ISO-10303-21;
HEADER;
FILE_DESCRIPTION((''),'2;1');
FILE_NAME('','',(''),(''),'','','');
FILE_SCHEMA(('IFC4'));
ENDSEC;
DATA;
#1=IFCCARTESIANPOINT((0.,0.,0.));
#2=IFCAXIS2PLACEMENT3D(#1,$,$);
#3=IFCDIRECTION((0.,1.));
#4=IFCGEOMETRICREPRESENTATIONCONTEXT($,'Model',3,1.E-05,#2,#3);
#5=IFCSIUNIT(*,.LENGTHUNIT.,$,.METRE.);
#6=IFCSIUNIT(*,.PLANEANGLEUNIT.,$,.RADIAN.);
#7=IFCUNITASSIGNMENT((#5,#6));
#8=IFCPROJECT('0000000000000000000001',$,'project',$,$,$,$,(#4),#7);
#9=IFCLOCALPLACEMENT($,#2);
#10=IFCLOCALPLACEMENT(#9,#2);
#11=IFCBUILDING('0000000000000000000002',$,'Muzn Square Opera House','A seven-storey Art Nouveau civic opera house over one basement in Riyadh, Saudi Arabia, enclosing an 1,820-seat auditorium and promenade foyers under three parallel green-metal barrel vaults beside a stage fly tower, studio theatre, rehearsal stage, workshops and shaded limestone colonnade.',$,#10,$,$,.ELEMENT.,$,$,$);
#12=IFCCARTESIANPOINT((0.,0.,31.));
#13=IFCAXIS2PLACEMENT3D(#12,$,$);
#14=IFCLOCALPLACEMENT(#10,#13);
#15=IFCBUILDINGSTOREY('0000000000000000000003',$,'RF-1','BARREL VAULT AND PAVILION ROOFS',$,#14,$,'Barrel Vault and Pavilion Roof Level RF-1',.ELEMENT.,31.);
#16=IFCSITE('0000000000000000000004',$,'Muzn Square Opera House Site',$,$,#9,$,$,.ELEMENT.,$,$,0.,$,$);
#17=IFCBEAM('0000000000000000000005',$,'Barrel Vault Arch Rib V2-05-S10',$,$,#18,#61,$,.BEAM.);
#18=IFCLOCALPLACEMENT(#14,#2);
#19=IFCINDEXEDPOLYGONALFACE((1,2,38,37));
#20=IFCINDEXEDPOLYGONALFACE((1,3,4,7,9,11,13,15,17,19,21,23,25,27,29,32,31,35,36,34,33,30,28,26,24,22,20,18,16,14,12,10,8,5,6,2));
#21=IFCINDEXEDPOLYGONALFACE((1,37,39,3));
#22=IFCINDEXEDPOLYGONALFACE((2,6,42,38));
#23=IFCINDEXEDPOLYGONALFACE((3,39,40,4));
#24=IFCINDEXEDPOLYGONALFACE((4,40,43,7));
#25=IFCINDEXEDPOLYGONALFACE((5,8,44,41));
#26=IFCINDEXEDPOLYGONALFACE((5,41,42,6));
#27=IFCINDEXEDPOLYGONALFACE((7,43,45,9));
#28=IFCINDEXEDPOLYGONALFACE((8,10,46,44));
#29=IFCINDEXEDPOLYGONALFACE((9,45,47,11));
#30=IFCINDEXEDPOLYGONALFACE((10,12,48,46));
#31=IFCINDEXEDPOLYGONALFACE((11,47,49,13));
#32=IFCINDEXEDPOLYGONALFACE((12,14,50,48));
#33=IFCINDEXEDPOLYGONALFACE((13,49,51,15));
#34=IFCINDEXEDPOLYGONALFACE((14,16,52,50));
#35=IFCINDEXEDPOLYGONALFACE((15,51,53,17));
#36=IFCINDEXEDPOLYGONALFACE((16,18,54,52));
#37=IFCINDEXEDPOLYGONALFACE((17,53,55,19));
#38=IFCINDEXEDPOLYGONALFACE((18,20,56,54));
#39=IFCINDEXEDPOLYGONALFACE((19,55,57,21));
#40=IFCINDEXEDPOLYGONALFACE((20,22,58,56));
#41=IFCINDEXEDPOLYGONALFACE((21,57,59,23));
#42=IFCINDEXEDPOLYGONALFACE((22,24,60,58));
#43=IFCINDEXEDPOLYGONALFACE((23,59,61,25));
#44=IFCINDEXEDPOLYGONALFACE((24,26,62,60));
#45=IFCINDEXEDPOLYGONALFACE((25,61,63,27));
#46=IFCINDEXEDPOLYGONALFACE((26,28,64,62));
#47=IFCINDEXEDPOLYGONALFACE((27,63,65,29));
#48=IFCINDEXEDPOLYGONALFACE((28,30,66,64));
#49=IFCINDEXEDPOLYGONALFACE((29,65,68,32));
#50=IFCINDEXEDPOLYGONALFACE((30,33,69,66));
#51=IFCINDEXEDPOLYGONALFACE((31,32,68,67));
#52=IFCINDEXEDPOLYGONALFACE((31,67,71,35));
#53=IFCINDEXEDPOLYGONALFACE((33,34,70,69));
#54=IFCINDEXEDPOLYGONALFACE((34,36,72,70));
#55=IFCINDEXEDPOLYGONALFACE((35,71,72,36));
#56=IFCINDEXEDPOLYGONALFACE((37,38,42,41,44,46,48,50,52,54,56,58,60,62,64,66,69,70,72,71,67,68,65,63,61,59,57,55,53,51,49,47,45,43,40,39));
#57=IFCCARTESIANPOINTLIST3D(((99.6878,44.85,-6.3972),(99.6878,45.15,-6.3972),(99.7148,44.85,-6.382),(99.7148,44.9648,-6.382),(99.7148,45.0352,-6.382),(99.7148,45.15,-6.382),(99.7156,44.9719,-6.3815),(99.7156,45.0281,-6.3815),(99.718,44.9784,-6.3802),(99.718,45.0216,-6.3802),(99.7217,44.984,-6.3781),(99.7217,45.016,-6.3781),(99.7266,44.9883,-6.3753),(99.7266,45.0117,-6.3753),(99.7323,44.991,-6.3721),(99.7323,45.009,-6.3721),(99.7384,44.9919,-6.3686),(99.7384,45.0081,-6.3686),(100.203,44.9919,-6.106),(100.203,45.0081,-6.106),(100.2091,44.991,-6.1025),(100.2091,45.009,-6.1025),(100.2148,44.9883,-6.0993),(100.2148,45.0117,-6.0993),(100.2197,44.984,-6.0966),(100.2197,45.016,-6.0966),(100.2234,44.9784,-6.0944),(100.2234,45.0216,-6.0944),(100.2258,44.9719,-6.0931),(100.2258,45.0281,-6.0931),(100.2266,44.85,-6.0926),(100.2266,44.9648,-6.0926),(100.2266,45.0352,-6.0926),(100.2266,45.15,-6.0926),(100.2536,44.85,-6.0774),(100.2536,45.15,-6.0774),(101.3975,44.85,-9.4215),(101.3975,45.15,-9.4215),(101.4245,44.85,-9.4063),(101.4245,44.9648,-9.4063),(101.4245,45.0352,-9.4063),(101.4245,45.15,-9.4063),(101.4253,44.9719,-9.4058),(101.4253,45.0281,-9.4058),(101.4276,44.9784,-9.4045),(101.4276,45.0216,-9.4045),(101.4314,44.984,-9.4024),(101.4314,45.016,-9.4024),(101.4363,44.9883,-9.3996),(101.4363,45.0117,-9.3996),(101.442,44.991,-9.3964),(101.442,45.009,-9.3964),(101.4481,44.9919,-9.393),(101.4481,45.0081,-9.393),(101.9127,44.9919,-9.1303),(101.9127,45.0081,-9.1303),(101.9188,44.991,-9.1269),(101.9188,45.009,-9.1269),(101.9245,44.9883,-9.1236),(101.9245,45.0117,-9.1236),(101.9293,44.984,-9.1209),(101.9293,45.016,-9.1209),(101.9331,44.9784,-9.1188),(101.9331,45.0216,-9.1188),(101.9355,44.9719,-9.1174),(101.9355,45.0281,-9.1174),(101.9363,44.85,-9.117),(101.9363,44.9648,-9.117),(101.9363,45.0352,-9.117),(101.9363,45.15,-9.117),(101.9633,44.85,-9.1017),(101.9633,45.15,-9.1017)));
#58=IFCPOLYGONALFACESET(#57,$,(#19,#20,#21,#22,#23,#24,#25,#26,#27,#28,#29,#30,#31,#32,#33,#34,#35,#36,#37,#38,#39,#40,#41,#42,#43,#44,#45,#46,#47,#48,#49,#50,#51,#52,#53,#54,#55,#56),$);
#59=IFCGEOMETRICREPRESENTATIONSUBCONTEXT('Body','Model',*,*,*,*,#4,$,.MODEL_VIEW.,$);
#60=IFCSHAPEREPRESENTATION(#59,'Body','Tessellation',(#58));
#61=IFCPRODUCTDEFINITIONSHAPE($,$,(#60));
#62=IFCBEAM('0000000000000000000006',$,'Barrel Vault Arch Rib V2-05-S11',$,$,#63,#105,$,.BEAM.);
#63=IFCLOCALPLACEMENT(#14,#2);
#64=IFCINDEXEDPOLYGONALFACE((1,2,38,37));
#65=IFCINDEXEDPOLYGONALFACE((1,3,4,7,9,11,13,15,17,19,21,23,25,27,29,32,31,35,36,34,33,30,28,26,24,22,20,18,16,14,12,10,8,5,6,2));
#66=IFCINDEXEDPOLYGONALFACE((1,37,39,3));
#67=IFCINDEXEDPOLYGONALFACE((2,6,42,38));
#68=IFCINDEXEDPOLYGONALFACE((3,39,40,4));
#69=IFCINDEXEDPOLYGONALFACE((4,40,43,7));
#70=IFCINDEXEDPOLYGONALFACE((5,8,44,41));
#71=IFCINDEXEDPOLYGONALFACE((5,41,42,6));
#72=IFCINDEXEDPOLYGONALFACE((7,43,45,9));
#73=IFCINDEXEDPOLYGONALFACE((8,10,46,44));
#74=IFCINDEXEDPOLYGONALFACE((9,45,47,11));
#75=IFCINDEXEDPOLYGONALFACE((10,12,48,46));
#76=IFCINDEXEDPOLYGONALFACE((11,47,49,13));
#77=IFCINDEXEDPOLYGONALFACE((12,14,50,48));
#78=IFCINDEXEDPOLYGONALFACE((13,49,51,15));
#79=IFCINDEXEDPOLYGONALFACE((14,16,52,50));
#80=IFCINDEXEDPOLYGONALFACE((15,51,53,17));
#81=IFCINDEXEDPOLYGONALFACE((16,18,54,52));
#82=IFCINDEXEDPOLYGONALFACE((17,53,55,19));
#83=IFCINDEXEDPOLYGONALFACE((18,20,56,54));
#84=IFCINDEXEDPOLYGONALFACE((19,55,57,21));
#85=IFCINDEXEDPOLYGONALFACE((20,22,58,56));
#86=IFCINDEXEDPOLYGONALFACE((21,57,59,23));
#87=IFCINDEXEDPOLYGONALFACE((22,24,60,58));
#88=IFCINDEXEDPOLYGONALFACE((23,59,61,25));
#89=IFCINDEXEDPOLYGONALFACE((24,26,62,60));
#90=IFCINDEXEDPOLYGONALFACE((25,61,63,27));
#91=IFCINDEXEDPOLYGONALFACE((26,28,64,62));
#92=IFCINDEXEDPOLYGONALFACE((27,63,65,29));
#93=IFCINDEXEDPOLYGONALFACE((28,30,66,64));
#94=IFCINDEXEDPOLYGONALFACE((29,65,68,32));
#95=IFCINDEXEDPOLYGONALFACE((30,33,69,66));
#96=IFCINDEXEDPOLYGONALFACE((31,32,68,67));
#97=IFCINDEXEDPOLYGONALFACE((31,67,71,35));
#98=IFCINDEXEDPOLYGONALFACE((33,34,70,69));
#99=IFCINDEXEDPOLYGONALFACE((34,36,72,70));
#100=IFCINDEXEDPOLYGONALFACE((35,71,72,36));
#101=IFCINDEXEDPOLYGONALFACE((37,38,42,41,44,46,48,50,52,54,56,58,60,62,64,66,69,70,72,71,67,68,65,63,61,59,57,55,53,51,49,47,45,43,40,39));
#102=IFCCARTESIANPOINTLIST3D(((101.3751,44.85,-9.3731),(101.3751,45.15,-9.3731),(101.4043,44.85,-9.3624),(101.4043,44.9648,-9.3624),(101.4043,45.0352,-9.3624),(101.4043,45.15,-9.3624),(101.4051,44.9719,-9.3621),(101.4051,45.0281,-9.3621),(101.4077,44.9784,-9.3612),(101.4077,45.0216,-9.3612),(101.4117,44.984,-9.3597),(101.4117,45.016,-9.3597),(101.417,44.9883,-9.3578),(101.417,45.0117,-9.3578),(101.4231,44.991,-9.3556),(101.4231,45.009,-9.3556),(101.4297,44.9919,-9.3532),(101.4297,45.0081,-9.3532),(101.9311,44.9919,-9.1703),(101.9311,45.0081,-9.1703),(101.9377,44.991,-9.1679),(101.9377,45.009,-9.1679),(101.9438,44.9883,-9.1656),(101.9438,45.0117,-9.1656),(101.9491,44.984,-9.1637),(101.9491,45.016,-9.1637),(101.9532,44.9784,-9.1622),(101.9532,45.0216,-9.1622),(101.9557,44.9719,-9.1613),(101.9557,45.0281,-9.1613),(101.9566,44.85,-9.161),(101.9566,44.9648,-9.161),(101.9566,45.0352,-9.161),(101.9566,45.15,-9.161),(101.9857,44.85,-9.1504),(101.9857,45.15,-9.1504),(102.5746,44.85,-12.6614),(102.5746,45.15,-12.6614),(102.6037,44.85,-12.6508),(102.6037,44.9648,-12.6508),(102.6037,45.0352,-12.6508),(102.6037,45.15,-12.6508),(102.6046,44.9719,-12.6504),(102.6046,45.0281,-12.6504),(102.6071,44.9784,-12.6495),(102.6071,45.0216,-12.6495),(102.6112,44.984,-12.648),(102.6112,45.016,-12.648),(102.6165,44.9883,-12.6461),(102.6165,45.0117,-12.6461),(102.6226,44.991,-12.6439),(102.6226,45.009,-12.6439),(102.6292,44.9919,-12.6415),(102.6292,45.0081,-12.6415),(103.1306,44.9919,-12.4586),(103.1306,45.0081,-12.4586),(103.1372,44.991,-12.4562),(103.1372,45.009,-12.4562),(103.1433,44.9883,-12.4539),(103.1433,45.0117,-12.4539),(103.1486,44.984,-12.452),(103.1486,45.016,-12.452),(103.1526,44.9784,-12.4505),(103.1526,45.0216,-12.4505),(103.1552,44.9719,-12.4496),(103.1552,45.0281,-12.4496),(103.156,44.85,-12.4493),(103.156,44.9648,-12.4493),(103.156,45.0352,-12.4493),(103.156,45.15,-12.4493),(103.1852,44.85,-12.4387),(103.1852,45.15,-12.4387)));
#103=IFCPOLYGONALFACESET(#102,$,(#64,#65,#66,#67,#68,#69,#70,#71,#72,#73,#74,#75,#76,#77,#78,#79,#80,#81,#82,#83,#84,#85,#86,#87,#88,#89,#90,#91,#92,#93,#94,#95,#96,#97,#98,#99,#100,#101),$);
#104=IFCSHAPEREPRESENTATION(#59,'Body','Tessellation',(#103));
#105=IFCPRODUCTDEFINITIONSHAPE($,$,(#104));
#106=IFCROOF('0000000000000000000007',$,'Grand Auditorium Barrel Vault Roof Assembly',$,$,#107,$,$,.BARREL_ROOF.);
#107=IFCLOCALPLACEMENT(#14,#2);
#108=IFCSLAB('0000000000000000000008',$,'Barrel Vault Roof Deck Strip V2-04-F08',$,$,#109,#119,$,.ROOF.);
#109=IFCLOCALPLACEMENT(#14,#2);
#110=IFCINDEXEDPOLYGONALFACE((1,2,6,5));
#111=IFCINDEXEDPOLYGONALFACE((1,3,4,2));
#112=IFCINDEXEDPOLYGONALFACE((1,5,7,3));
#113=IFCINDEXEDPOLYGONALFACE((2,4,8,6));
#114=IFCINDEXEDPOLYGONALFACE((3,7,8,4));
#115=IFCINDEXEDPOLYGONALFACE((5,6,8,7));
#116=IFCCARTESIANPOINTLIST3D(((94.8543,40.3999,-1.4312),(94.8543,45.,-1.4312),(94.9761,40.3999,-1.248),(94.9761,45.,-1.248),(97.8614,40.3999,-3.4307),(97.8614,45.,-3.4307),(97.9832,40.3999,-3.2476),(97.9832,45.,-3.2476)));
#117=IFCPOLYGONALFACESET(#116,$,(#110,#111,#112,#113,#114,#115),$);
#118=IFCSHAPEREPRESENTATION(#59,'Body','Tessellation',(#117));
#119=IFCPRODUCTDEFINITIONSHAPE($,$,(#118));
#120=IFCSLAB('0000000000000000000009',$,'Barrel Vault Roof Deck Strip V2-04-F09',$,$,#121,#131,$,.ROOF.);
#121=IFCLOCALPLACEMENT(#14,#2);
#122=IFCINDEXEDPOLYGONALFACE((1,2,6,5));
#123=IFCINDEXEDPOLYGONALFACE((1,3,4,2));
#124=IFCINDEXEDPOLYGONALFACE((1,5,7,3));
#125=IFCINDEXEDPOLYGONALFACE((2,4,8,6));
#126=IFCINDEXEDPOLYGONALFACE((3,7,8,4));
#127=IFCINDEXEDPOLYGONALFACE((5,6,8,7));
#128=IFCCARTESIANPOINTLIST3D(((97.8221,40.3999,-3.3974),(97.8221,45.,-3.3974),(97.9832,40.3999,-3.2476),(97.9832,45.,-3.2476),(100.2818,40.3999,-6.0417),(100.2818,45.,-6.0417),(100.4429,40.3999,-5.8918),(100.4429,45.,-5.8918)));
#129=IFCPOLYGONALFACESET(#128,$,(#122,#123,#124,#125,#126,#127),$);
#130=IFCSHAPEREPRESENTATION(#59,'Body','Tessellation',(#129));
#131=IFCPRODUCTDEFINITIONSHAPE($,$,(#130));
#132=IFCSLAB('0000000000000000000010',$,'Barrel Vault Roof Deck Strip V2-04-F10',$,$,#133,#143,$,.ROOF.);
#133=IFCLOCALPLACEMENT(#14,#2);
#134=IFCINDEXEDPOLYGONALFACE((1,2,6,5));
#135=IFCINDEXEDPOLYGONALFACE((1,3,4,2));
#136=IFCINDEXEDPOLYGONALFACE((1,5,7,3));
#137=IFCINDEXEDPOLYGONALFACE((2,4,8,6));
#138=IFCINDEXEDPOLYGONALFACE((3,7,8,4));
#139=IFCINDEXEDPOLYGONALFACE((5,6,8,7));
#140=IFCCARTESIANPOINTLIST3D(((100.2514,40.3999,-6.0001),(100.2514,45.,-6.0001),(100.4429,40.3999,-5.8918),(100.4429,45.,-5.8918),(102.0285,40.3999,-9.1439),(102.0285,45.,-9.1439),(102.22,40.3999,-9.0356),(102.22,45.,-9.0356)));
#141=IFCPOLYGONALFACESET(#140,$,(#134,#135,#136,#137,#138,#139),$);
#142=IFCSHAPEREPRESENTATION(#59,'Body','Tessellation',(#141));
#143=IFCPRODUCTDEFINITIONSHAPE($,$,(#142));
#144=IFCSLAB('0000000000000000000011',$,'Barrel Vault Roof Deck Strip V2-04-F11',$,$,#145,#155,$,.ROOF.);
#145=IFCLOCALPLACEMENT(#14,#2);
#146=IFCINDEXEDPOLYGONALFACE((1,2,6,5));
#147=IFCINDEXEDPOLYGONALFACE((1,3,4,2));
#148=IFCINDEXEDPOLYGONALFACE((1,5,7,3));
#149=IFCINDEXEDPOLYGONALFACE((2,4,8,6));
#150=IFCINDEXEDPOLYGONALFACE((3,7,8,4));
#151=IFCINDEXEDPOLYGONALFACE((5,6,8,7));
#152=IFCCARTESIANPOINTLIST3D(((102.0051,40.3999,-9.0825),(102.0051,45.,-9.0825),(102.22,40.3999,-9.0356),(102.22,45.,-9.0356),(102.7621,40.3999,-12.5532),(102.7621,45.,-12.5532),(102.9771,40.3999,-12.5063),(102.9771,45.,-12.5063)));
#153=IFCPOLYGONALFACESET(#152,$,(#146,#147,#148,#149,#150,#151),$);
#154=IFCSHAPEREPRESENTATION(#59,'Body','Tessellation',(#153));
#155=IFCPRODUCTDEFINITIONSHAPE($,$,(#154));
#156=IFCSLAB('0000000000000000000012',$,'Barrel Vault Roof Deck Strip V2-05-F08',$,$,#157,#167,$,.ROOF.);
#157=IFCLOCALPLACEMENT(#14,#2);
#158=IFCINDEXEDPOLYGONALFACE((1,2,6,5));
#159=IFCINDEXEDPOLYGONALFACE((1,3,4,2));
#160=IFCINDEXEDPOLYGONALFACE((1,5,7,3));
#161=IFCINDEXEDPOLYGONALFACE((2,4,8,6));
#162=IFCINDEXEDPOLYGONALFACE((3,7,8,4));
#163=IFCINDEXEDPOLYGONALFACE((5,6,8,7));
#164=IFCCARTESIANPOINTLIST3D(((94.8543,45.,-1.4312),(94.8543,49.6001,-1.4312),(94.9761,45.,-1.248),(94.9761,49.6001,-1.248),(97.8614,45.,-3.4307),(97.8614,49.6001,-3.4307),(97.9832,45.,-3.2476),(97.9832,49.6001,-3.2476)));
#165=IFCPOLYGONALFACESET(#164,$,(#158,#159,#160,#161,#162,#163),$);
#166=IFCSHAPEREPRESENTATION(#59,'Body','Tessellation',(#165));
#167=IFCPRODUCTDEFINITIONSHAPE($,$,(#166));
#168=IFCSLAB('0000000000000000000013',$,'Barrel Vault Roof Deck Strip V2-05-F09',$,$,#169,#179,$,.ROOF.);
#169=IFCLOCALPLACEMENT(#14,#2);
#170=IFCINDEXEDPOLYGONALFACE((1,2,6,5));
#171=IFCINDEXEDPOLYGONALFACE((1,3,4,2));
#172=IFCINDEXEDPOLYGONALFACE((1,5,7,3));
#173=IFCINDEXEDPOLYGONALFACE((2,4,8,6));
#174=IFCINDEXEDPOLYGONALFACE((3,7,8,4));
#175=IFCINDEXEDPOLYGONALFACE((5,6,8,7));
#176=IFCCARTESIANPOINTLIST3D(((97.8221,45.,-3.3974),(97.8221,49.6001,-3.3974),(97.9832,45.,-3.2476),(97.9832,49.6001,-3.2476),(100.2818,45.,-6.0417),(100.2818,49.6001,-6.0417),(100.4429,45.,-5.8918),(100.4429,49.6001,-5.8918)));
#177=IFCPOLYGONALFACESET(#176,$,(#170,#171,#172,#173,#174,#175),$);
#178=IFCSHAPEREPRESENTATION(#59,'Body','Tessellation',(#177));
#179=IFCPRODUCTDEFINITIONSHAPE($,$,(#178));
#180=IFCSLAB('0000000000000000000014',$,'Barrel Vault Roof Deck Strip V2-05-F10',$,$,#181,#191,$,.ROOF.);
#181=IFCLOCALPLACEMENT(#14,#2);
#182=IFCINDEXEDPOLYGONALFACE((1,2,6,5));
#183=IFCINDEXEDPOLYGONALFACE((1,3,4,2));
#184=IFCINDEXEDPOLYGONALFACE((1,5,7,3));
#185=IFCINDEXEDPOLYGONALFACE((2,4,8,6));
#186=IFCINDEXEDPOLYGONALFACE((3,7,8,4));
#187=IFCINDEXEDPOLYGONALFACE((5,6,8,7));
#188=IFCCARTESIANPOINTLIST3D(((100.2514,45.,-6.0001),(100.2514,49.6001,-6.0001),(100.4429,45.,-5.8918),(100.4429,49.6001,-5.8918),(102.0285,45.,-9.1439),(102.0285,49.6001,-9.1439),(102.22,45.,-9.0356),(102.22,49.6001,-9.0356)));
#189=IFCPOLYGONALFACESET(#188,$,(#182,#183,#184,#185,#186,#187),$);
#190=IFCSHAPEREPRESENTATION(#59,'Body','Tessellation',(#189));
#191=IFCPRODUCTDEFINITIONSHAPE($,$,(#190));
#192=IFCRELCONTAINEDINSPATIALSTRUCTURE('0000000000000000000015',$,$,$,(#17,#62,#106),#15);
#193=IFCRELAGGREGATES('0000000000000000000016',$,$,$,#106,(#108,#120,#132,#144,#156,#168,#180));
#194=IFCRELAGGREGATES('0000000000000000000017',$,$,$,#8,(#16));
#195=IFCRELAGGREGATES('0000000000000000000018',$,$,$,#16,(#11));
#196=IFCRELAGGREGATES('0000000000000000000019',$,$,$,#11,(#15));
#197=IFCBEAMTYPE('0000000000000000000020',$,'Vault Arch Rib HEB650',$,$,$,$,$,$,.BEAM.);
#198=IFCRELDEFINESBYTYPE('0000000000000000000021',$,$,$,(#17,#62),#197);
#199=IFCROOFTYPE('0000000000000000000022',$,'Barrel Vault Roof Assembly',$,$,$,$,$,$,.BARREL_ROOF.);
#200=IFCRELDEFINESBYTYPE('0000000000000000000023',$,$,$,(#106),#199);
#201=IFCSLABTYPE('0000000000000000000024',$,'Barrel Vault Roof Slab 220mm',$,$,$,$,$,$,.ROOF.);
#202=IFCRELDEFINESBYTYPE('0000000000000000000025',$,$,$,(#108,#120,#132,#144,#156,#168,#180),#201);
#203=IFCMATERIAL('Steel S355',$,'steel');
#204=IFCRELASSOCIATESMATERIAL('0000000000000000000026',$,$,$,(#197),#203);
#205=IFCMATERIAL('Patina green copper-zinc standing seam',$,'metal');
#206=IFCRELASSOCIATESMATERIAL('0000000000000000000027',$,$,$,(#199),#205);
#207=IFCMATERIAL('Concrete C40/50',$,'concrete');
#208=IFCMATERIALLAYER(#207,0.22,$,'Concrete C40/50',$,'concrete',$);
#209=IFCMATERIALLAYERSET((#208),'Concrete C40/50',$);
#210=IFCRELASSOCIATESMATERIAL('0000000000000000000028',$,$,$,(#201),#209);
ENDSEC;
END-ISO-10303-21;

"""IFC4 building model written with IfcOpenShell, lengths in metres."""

from ifc_helpers import new_model, si_unit, direction, frame, origin, origin_2d, place, context, subcontext, project, spatial, polyline, i_section, outline, extrude, material, layer, layer_set, material_profile, profile_set, type_object, element, aggregate, save


model = new_model("IFC4")

# Units and contexts
model_context = context("Model", 3, precision=1e-05, world=origin(), true_north=direction((0.0, 1.0)))
body_context = subcontext(model_context, "Body", "Model", "MODEL_VIEW")
ifc_project = project(units=[si_unit("LENGTHUNIT", "METRE"), si_unit("PLANEANGLEUNIT", "RADIAN")], contexts=[model_context])

# Site, building, storey
site_placement = place(None, origin())
site = spatial("IfcSite", under=ifc_project, at=site_placement, Name="Muzn Square Opera House Site", CompositionType="ELEMENT", RefElevation=0.0)
building_placement = place(site_placement, origin())
building = spatial("IfcBuilding", under=site, at=building_placement, Name="Muzn Square Opera House", Description="A seven-storey Art Nouveau civic opera house over one basement in Riyadh, Saudi Arabia, enclosing an 1,820-seat auditorium and promenade foyers under three parallel green-metal barrel vaults beside a stage fly tower, studio theatre, rehearsal stage, workshops and shaded limestone colonnade.", CompositionType="ELEMENT")
storey_placement = place(building_placement, frame((0.0, 0.0, 31.0)))
storey = spatial("IfcBuildingStorey", under=building, at=storey_placement, Name="RF-1", Description="BARREL VAULT AND PAVILION ROOFS", LongName="Barrel Vault and Pavilion Roof Level RF-1", CompositionType="ELEMENT", Elevation=31.0)

# Beams
ifc_material_1 = material(Name="Steel S355", Category="steel")
ifc_material_profile_1 = material_profile(ifc_material_1, i_section(OverallWidth=0.3, OverallDepth=0.6499, WebThickness=0.0161, FlangeThickness=0.031, FilletRadius=0.0271, at=origin_2d()), Name="HEB 650", Category="steel")
ifc_profile_set_1 = profile_set([ifc_material_profile_1], Name="Steel S355")
beam_type_1 = type_object("IfcBeamType", Name="Vault Arch Rib HEB650", PredefinedType="BEAM", material=ifc_profile_set_1)
beam_1_placement = place(storey_placement, frame((99.9707, 45.0, -6.2373), z_axis=(0.492115, 0.0, -0.87053), x_axis=(0.0, 1.0, 0.0)))
element("IfcBeam", 1, at=beam_1_placement, inside=storey, type_object=beam_type_1, Name="Barrel Vault Arch Rib V2-05-S10", PredefinedType="BEAM", context=body_context, shape_type="SweptSolid", body=[
    extrude(i_section(OverallWidth=0.3, OverallDepth=0.6499, WebThickness=0.0161, FlangeThickness=0.031, FilletRadius=0.0271, at=origin_2d()), origin(), (0.0, 0.0, 1.0), 3.4741),
])
beam_2_placement = place(storey_placement, frame((101.6804, 45.0, -9.2617), z_axis=(0.342678, 0.0, -0.939453), x_axis=(0.0, 1.0, 0.0)))
element("IfcBeam", 2, at=beam_2_placement, inside=storey, type_object=beam_type_1, Name="Barrel Vault Arch Rib V2-05-S11", PredefinedType="BEAM", context=body_context, shape_type="SweptSolid", body=[
    extrude(i_section(OverallWidth=0.3, OverallDepth=0.6499, WebThickness=0.0161, FlangeThickness=0.031, FilletRadius=0.0271, at=origin_2d()), origin(), (0.0, 0.0, 1.0), 3.5002),
])

# Roof, slabs
ifc_material_2 = material(Name="Patina green copper-zinc standing seam", Category="metal")
roof_type = type_object("IfcRoofType", Name="Barrel Vault Roof Assembly", PredefinedType="BARREL_ROOF", material=ifc_material_2)
roof_placement = place(storey_placement, origin())
roof = element("IfcRoof", 3, at=roof_placement, inside=storey, type_object=roof_type, Name="Grand Auditorium Barrel Vault Roof Assembly", PredefinedType="BARREL_ROOF")
ifc_material_3 = material(Name="Concrete C40/50", Category="concrete")
ifc_layer_1 = layer(ifc_material_3, 0.22, Name="Concrete C40/50", Category="concrete")
ifc_layer_set_1 = layer_set([ifc_layer_1], Name="Concrete C40/50")
slab_type = type_object("IfcSlabType", Name="Barrel Vault Roof Slab 220mm", PredefinedType="ROOF", material=ifc_layer_set_1)
slab_1_placement = place(storey_placement, frame((94.9761, 40.3999, -1.248), z_axis=(0.553701, 0.0, 0.832715), x_axis=(0.832715, 0.0, -0.553701)))
slab_1 = element("IfcSlab", 4, at=slab_1_placement, type_object=slab_type, Name="Barrel Vault Roof Deck Strip V2-04-F08", PredefinedType="ROOF", context=body_context, shape_type="SweptSolid", body=[
    extrude(outline(polyline([(0.0, 0.0), (3.6112, 0.0), (3.6112, 4.6001), (0.0, 4.6001), (0.0, 0.0)])), origin(), (0.0, 0.0, -1.0), 0.22),
])
slab_2_placement = place(storey_placement, frame((97.9832, 40.3999, -3.2476), z_axis=(0.732198, 0.0, 0.681091), x_axis=(0.681091, 0.0, -0.732198)))
slab_2 = element("IfcSlab", 5, at=slab_2_placement, type_object=slab_type, Name="Barrel Vault Roof Deck Strip V2-04-F09", PredefinedType="ROOF", context=body_context, shape_type="SweptSolid", body=[
    extrude(outline(polyline([(0.0, 0.0), (3.6114, 0.0), (3.6114, 4.6001), (0.0, 4.6001), (0.0, 0.0)])), origin(), (0.0, 0.0, -1.0), 0.22),
])
slab_3_placement = place(storey_placement, frame((100.4429, 40.3999, -5.8918), z_axis=(0.870543, 0.0, 0.492093), x_axis=(0.492093, 0.0, -0.870543)))
slab_3 = element("IfcSlab", 6, at=slab_3_placement, type_object=slab_type, Name="Barrel Vault Roof Deck Strip V2-04-F10", PredefinedType="ROOF", context=body_context, shape_type="SweptSolid", body=[
    extrude(outline(polyline([(0.0, 0.0), (3.6113, 0.0), (3.6113, 4.6001), (0.0, 4.6001), (0.0, 0.0)])), origin(), (0.0, 0.0, -1.0), 0.22),
])
slab_4_placement = place(storey_placement, frame((102.22, 40.3999, -9.0356), z_axis=(0.977025, 0.0, 0.213123), x_axis=(0.213123, 0.0, -0.977025)))
slab_4 = element("IfcSlab", 7, at=slab_4_placement, type_object=slab_type, Name="Barrel Vault Roof Deck Strip V2-04-F11", PredefinedType="ROOF", context=body_context, shape_type="SweptSolid", body=[
    extrude(outline(polyline([(0.0, 0.0), (3.5523, 0.0), (3.5523, 4.6001), (0.0, 4.6001), (0.0, 0.0)])), origin(), (0.0, 0.0, -1.0), 0.22),
])
slab_5_placement = place(storey_placement, frame((94.9761, 45.0, -1.248), z_axis=(0.553701, 0.0, 0.832715), x_axis=(0.832715, 0.0, -0.553701)))
slab_5 = element("IfcSlab", 8, at=slab_5_placement, type_object=slab_type, Name="Barrel Vault Roof Deck Strip V2-05-F08", PredefinedType="ROOF", context=body_context, shape_type="SweptSolid", body=[
    extrude(outline(polyline([(0.0, 0.0), (3.6112, 0.0), (3.6112, 4.6001), (0.0, 4.6001), (0.0, 0.0)])), origin(), (0.0, 0.0, -1.0), 0.22),
])
slab_6_placement = place(storey_placement, frame((97.9832, 45.0, -3.2476), z_axis=(0.732198, 0.0, 0.681091), x_axis=(0.681091, 0.0, -0.732198)))
slab_6 = element("IfcSlab", 9, at=slab_6_placement, type_object=slab_type, Name="Barrel Vault Roof Deck Strip V2-05-F09", PredefinedType="ROOF", context=body_context, shape_type="SweptSolid", body=[
    extrude(outline(polyline([(0.0, 0.0), (3.6114, 0.0), (3.6114, 4.6001), (0.0, 4.6001), (0.0, 0.0)])), origin(), (0.0, 0.0, -1.0), 0.22),
])
slab_7_placement = place(storey_placement, frame((100.4429, 45.0, -5.8918), z_axis=(0.870543, 0.0, 0.492093), x_axis=(0.492093, 0.0, -0.870543)))
slab_7 = element("IfcSlab", 10, at=slab_7_placement, type_object=slab_type, Name="Barrel Vault Roof Deck Strip V2-05-F10", PredefinedType="ROOF", context=body_context, shape_type="SweptSolid", body=[
    extrude(outline(polyline([(0.0, 0.0), (3.6113, 0.0), (3.6113, 4.6001), (0.0, 4.6001), (0.0, 0.0)])), origin(), (0.0, 0.0, -1.0), 0.22),
])
aggregate(roof, [slab_1, slab_2, slab_3, slab_4, slab_5, slab_6, slab_7])

save(model, "model.ifc")
